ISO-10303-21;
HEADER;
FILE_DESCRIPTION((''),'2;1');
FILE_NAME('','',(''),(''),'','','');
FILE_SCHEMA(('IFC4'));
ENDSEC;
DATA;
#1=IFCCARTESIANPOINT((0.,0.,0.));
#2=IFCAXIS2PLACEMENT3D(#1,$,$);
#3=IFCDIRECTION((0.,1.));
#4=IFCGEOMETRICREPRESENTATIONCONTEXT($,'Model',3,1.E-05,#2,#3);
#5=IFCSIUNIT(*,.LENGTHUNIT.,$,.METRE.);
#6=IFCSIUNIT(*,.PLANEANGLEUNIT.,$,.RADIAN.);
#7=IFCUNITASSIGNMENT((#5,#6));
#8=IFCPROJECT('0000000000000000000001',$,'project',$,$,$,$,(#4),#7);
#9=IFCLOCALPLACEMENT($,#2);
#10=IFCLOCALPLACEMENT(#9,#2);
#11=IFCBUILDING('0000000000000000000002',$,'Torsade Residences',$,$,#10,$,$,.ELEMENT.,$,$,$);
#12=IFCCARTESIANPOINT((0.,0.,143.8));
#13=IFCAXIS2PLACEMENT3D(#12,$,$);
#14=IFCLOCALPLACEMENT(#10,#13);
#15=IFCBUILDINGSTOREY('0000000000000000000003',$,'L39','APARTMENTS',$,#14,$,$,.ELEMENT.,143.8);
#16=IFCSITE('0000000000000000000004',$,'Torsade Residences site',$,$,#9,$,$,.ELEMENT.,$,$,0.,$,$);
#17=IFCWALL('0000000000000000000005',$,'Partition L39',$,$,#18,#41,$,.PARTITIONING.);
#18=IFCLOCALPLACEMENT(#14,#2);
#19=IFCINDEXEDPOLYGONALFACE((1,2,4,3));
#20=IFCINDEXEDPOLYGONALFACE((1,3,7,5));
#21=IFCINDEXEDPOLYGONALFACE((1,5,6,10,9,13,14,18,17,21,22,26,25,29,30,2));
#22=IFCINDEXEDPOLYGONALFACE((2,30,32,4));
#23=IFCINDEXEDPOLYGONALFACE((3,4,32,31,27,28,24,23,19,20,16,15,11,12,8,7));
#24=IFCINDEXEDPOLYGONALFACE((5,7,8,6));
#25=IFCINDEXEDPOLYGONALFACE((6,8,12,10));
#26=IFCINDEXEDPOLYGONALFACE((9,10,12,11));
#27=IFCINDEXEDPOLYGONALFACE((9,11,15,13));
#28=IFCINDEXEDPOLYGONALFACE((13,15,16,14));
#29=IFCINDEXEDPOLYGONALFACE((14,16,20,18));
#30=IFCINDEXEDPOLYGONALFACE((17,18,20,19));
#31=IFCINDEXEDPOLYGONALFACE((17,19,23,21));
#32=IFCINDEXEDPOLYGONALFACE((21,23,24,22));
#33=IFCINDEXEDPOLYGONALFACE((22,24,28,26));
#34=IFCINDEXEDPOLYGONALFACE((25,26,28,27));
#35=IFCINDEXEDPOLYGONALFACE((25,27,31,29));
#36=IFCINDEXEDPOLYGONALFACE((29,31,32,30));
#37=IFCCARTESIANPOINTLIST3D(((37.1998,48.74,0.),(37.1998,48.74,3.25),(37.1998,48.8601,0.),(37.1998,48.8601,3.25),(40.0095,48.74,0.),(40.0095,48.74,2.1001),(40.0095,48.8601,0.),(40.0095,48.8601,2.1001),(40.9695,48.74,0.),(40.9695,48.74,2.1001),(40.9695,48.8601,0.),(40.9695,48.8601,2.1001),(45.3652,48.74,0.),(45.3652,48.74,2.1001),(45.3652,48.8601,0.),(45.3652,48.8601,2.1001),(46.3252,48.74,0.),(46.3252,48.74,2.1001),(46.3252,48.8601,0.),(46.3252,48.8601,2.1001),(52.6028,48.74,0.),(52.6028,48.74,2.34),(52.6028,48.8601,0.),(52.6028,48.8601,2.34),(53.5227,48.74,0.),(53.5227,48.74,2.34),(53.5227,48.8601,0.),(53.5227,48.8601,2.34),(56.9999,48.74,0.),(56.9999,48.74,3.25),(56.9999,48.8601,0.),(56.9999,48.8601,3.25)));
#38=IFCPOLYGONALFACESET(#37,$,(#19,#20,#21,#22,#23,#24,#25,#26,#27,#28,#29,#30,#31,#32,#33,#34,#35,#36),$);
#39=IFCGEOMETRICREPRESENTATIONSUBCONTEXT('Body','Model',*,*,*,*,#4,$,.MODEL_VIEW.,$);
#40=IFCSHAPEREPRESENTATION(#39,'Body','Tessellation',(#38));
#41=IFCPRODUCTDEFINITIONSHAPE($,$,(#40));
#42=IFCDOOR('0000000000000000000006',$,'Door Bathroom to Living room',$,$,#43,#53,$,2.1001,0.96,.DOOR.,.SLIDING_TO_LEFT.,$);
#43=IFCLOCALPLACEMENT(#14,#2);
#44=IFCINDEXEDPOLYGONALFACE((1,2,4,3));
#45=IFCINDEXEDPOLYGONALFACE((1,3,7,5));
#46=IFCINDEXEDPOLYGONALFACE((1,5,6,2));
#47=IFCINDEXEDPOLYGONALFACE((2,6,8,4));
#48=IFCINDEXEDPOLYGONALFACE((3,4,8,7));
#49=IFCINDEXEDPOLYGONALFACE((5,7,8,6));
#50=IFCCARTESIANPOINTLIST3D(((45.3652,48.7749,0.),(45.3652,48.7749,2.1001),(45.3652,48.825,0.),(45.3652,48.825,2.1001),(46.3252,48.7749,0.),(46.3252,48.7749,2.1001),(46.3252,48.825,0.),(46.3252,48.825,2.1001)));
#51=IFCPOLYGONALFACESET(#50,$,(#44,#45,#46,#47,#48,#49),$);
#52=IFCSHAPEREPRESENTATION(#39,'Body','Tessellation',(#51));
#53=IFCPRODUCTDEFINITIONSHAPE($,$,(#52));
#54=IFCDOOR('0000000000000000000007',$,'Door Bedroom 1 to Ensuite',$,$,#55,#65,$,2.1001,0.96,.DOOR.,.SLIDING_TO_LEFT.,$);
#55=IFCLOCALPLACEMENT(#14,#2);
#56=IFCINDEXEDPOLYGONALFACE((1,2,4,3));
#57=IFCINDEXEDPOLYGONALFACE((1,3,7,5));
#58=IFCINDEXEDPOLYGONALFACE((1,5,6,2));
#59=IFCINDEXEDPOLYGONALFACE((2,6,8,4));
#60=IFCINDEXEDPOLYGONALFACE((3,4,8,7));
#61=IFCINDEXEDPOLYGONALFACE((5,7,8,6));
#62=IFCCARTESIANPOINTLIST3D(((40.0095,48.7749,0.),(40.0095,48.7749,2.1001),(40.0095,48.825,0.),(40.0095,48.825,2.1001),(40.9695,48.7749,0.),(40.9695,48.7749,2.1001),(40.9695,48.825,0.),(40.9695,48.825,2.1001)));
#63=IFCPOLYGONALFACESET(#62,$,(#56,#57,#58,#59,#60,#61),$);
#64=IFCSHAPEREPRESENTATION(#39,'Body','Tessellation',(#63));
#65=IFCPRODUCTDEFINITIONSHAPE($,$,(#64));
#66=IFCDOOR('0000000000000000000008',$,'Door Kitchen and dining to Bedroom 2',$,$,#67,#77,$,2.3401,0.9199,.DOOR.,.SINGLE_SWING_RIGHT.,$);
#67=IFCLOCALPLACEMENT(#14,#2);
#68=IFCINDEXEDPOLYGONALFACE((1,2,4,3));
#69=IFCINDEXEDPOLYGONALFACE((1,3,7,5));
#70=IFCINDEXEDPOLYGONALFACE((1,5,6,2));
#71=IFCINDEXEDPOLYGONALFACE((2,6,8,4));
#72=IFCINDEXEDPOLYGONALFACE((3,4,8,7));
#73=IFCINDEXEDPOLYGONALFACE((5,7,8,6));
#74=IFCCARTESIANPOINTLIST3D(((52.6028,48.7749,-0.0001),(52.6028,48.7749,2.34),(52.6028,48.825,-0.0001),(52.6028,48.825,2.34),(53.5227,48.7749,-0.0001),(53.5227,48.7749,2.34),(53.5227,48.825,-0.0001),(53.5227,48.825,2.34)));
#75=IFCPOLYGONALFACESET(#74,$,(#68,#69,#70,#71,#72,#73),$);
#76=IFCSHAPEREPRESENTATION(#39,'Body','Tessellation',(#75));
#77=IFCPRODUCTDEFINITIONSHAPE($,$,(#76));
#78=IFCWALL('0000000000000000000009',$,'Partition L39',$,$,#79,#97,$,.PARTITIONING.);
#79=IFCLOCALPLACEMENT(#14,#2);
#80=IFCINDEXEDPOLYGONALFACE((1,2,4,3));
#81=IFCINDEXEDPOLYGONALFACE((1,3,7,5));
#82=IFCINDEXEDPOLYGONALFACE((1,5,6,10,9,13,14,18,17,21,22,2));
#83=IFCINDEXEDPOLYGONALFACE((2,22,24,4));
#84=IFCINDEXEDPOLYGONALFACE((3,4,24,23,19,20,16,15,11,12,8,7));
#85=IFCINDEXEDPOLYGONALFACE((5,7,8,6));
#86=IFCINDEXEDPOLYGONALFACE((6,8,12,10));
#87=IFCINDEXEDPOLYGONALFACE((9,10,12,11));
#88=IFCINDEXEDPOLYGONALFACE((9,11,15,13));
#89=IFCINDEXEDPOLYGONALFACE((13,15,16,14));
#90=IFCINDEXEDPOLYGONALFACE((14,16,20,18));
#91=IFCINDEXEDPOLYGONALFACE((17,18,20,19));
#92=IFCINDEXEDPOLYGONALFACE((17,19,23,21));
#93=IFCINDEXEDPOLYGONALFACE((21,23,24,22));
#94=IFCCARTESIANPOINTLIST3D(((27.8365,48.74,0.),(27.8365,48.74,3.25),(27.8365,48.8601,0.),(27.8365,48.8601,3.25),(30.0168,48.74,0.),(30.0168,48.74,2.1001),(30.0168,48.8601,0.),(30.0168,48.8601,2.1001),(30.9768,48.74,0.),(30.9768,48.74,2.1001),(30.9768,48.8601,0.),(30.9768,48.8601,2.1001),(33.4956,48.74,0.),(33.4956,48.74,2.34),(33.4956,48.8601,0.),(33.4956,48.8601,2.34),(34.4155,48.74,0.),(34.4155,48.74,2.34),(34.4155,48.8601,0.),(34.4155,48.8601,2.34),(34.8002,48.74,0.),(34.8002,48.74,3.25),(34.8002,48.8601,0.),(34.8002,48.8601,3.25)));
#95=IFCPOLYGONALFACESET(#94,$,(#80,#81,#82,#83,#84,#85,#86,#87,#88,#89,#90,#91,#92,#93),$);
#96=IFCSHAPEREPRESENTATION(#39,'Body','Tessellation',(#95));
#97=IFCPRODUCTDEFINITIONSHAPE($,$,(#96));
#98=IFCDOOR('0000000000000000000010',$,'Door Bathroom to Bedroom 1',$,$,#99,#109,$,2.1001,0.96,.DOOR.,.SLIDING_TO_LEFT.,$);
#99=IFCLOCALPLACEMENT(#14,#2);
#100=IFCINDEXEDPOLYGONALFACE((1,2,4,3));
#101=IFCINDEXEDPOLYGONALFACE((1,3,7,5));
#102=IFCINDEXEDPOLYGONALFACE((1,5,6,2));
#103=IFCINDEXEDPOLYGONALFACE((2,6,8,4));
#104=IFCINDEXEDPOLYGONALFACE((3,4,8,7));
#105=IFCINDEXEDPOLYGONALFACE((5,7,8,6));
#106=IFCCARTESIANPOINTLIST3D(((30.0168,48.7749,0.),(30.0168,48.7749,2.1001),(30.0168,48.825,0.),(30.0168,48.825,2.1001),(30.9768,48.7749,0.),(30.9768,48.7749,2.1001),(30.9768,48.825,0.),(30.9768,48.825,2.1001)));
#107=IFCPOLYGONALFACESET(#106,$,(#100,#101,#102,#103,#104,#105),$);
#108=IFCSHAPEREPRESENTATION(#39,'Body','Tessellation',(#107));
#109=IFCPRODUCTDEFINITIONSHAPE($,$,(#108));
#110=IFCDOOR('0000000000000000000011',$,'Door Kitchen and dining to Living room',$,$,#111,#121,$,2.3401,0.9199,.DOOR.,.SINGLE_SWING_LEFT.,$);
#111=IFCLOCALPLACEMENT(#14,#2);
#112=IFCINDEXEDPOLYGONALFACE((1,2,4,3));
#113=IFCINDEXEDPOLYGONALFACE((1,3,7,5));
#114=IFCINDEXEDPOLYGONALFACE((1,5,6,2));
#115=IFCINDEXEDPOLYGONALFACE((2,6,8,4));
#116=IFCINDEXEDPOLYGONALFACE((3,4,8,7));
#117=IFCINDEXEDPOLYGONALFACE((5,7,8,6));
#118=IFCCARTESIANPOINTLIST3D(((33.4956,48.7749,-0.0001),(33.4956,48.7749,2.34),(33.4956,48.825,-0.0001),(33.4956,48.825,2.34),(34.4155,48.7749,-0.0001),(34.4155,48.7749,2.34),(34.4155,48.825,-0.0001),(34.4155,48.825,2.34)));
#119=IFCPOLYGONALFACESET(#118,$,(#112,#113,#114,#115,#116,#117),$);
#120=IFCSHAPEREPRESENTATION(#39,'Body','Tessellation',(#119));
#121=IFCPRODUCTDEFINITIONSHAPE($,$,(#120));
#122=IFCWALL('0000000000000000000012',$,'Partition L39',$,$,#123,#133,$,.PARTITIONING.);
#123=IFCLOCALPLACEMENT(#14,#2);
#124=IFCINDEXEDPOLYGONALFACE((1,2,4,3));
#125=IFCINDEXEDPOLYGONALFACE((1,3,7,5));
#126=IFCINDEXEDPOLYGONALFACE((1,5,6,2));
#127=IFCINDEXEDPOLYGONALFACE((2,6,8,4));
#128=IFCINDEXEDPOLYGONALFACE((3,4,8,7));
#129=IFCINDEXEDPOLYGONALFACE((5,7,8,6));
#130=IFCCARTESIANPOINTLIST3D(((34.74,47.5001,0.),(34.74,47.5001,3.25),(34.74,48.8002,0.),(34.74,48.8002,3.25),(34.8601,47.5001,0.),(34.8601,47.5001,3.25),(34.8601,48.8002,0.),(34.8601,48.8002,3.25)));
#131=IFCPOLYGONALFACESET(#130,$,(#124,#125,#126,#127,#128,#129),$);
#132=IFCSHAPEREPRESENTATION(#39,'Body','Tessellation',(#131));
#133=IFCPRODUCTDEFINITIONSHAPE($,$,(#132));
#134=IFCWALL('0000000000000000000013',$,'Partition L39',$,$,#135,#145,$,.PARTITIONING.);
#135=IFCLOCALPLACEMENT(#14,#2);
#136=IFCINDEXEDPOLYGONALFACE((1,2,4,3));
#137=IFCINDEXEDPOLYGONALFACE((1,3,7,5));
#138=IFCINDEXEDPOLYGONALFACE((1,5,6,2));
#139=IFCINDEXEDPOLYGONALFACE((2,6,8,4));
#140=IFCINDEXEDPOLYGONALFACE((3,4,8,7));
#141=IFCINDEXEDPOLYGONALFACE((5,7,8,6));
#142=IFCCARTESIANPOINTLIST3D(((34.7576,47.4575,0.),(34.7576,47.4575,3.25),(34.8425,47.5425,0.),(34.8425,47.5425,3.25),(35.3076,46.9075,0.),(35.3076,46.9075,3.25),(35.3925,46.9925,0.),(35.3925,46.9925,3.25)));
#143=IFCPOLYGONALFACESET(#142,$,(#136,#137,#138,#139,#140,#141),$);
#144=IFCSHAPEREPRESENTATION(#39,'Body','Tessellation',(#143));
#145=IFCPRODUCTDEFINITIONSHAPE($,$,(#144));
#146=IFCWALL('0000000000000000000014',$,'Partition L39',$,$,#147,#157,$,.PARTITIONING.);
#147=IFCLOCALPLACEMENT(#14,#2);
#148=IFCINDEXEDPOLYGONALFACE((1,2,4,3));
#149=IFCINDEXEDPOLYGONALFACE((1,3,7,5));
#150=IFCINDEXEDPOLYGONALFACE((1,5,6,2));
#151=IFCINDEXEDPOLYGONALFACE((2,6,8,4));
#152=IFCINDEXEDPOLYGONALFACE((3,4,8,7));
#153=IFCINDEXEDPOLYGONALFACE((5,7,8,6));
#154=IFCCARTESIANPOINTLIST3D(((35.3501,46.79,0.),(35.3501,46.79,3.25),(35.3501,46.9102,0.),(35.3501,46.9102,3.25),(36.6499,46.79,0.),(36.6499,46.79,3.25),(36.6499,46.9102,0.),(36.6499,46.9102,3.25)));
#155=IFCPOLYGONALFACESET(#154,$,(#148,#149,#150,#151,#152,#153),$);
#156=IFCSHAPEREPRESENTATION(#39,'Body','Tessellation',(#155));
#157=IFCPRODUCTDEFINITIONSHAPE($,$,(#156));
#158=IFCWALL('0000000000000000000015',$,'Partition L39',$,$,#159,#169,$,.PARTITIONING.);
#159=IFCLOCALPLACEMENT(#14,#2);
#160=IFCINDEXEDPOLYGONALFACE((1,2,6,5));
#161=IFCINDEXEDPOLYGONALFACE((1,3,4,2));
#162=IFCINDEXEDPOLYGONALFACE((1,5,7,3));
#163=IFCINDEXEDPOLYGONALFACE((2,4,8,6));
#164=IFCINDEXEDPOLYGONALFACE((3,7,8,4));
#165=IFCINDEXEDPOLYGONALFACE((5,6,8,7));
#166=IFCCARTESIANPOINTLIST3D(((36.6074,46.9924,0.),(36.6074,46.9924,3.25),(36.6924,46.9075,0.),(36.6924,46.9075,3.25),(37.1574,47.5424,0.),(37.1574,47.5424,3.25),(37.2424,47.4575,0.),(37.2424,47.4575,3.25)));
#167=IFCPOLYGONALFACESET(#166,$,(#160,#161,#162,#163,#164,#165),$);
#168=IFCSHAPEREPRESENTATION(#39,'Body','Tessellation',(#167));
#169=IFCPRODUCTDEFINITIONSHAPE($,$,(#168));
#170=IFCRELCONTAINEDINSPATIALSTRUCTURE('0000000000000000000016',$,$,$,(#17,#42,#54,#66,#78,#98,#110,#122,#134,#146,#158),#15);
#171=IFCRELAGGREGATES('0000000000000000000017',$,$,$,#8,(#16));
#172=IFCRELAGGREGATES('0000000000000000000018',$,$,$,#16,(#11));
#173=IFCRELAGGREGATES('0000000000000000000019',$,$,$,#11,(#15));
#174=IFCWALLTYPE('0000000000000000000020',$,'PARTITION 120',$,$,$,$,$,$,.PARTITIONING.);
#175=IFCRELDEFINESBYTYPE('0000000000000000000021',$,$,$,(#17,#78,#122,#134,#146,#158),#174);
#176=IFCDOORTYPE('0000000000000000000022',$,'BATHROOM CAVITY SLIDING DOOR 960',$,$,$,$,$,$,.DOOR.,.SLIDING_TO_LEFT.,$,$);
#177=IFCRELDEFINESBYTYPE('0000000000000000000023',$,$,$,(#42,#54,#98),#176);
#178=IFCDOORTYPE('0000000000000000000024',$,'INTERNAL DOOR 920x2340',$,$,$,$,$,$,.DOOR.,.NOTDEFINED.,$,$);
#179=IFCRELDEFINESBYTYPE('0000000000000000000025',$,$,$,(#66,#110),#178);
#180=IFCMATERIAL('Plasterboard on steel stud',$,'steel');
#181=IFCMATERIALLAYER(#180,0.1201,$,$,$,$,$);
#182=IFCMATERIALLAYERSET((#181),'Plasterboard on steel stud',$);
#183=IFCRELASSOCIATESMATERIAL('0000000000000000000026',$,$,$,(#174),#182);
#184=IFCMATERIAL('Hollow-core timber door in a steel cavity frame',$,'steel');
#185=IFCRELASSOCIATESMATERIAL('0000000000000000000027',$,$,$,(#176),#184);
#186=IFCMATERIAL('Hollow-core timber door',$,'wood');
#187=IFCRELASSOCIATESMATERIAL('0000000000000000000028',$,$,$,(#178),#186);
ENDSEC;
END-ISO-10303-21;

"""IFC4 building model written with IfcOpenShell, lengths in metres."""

from ifc_helpers import new_model, si_unit, direction, frame, frame_2d, origin, place, context, subcontext, project, spatial, rectangle, extrude, material, layer, layer_set, type_object, element, fill, save


model = new_model("IFC4")

# Units and contexts
model_context = context("Model", 3, precision=1e-05, world=origin(), true_north=direction((0.0, 1.0)))
body_context = subcontext(model_context, "Body", "Model", "MODEL_VIEW")
ifc_project = project(units=[si_unit("LENGTHUNIT", "METRE"), si_unit("PLANEANGLEUNIT", "RADIAN")], contexts=[model_context])

# Site, building, storey
site_placement = place(None, origin())
site = spatial("IfcSite", under=ifc_project, at=site_placement, Name="Torsade Residences site", CompositionType="ELEMENT", RefElevation=0.0)
building_placement = place(site_placement, origin())
building = spatial("IfcBuilding", under=site, at=building_placement, Name="Torsade Residences", CompositionType="ELEMENT")
storey_placement = place(building_placement, frame((0.0, 0.0, 143.8)))
storey = spatial("IfcBuildingStorey", under=building, at=storey_placement, Name="L39", Description="APARTMENTS", CompositionType="ELEMENT", Elevation=143.8)

# Walls, openings, doors
ifc_material_1 = material(Name="Plasterboard on steel stud", Category="steel")
ifc_layer_1 = layer(ifc_material_1, 0.1201)
ifc_layer_set_1 = layer_set([ifc_layer_1], Name="Plasterboard on steel stud")
wall_type_1 = type_object("IfcWallType", Name="PARTITION 120", PredefinedType="PARTITIONING", material=ifc_layer_set_1)
wall_1_placement = place(storey_placement, frame((37.2, 48.8, 0.0), z_axis=(0.0, 0.0, 1.0), x_axis=(1.0, 0.0, 0.0)))
wall_1 = element("IfcWall", 1, at=wall_1_placement, inside=storey, type_object=wall_type_1, Name="Partition L39", PredefinedType="PARTITIONING", context=body_context, shape_type="SweptSolid", body=[
    extrude(rectangle(XDim=19.8, YDim=0.1201, at=frame_2d((9.8999, 0.0))), origin(), (0.0, 0.0, 1.0), 3.25),
])
opening_1_placement = place(wall_1_placement, frame((15.4028, 0.0, 0.0)))
opening_1 = element("IfcOpeningElement", 2, at=opening_1_placement, cuts=wall_1, PredefinedType="OPENING", context=body_context, shape_type="SweptSolid", body=[
    extrude(rectangle(XDim=0.9199, YDim=2.3401, at=frame_2d((0.46, 1.1699))), frame((0.0, 0.0701, 0.0), z_axis=(0.0, -1.0, 0.0), x_axis=(1.0, 0.0, 0.0)), (0.0, 0.0, 1.0), 0.1401),
])
opening_2_placement = place(wall_1_placement, frame((8.1653, 0.0, 0.0)))
opening_2 = element("IfcOpeningElement", 3, at=opening_2_placement, cuts=wall_1, PredefinedType="OPENING", context=body_context, shape_type="SweptSolid", body=[
    extrude(rectangle(XDim=0.96, YDim=2.1001, at=frame_2d((0.48, 1.05))), frame((0.0, 0.0701, 0.0), z_axis=(0.0, -1.0, 0.0), x_axis=(1.0, 0.0, 0.0)), (0.0, 0.0, 1.0), 0.1401),
])
opening_3_placement = place(wall_1_placement, frame((2.8096, 0.0, 0.0)))
opening_3 = element("IfcOpeningElement", 4, at=opening_3_placement, cuts=wall_1, PredefinedType="OPENING", context=body_context, shape_type="SweptSolid", body=[
    extrude(rectangle(XDim=0.96, YDim=2.1001, at=frame_2d((0.48, 1.05))), frame((0.0, 0.0701, 0.0), z_axis=(0.0, -1.0, 0.0), x_axis=(1.0, 0.0, 0.0)), (0.0, 0.0, 1.0), 0.1401),
])
ifc_material_2 = material(Name="Hollow-core timber door in a steel cavity frame", Category="steel")
door_type_1 = type_object("IfcDoorType", Name="BATHROOM CAVITY SLIDING DOOR 960", OperationType="SLIDING_TO_LEFT", PredefinedType="DOOR", material=ifc_material_2)
door_1_placement = place(opening_2_placement, origin())
door_1 = element("IfcDoor", 5, at=door_1_placement, inside=storey, type_object=door_type_1, Name="Door Bathroom to Living room", OperationType="SLIDING_TO_LEFT", OverallHeight=2.1001, OverallWidth=0.96, PredefinedType="DOOR", context=body_context, shape_type="SweptSolid", body=[
    extrude(rectangle(XDim=0.96, YDim=2.1001, at=frame_2d((0.48, 1.05))), frame((0.0, 0.0249, 0.0), z_axis=(0.0, -1.0, 0.0), x_axis=(1.0, 0.0, 0.0)), (0.0, 0.0, 1.0), 0.05),
])
fill(opening_2, door_1)
door_2_placement = place(opening_3_placement, origin())
door_2 = element("IfcDoor", 6, at=door_2_placement, inside=storey, type_object=door_type_1, Name="Door Bedroom 1 to Ensuite", OperationType="SLIDING_TO_LEFT", OverallHeight=2.1001, OverallWidth=0.96, PredefinedType="DOOR", context=body_context, shape_type="SweptSolid", body=[
    extrude(rectangle(XDim=0.96, YDim=2.1001, at=frame_2d((0.48, 1.05))), frame((0.0, 0.0249, 0.0), z_axis=(0.0, -1.0, 0.0), x_axis=(1.0, 0.0, 0.0)), (0.0, 0.0, 1.0), 0.05),
])
fill(opening_3, door_2)
ifc_material_3 = material(Name="Hollow-core timber door", Category="wood")
door_type_2 = type_object("IfcDoorType", Name="INTERNAL DOOR 920x2340", OperationType="NOTDEFINED", PredefinedType="DOOR", material=ifc_material_3)
door_3_placement = place(opening_1_placement, origin())
door_3 = element("IfcDoor", 7, at=door_3_placement, inside=storey, type_object=door_type_2, Name="Door Kitchen and dining to Bedroom 2", OperationType="SINGLE_SWING_RIGHT", OverallHeight=2.3401, OverallWidth=0.9199, PredefinedType="DOOR", context=body_context, shape_type="SweptSolid", body=[
    extrude(rectangle(XDim=0.9199, YDim=2.3401, at=frame_2d((0.46, 1.1699))), frame((0.0, 0.0249, 0.0), z_axis=(0.0, -1.0, 0.0), x_axis=(1.0, 0.0, 0.0)), (0.0, 0.0, 1.0), 0.05),
])
fill(opening_1, door_3)
wall_2_placement = place(storey_placement, frame((27.8364, 48.8, 0.0), z_axis=(0.0, 0.0, 1.0), x_axis=(1.0, 0.0, 0.0)))
wall_2 = element("IfcWall", 8, at=wall_2_placement, inside=storey, type_object=wall_type_1, Name="Partition L39", PredefinedType="PARTITIONING", context=body_context, shape_type="SweptSolid", body=[
    extrude(rectangle(XDim=6.9636, YDim=0.1201, at=frame_2d((3.4819, 0.0))), origin(), (0.0, 0.0, 1.0), 3.25),
])
opening_4_placement = place(wall_2_placement, frame((5.6592, 0.0, 0.0)))
opening_4 = element("IfcOpeningElement", 9, at=opening_4_placement, cuts=wall_2, PredefinedType="OPENING", context=body_context, shape_type="SweptSolid", body=[
    extrude(rectangle(XDim=0.9199, YDim=2.3401, at=frame_2d((0.46, 1.1699))), frame((0.0, 0.0701, 0.0), z_axis=(0.0, -1.0, 0.0), x_axis=(1.0, 0.0, 0.0)), (0.0, 0.0, 1.0), 0.1401),
])
opening_5_placement = place(wall_2_placement, frame((2.1804, 0.0, 0.0)))
opening_5 = element("IfcOpeningElement", 10, at=opening_5_placement, cuts=wall_2, PredefinedType="OPENING", context=body_context, shape_type="SweptSolid", body=[
    extrude(rectangle(XDim=0.96, YDim=2.1001, at=frame_2d((0.48, 1.05))), frame((0.0, 0.0701, 0.0), z_axis=(0.0, -1.0, 0.0), x_axis=(1.0, 0.0, 0.0)), (0.0, 0.0, 1.0), 0.1401),
])
door_4_placement = place(opening_5_placement, origin())
door_4 = element("IfcDoor", 11, at=door_4_placement, inside=storey, type_object=door_type_1, Name="Door Bathroom to Bedroom 1", OperationType="SLIDING_TO_LEFT", OverallHeight=2.1001, OverallWidth=0.96, PredefinedType="DOOR", context=body_context, shape_type="SweptSolid", body=[
    extrude(rectangle(XDim=0.96, YDim=2.1001, at=frame_2d((0.48, 1.05))), frame((0.0, 0.0249, 0.0), z_axis=(0.0, -1.0, 0.0), x_axis=(1.0, 0.0, 0.0)), (0.0, 0.0, 1.0), 0.05),
])
fill(opening_5, door_4)
door_5_placement = place(opening_4_placement, origin())
door_5 = element("IfcDoor", 12, at=door_5_placement, inside=storey, type_object=door_type_2, Name="Door Kitchen and dining to Living room", OperationType="SINGLE_SWING_LEFT", OverallHeight=2.3401, OverallWidth=0.9199, PredefinedType="DOOR", context=body_context, shape_type="SweptSolid", body=[
    extrude(rectangle(XDim=0.9199, YDim=2.3401, at=frame_2d((0.46, 1.1699))), frame((0.0, 0.0249, 0.0), z_axis=(0.0, -1.0, 0.0), x_axis=(1.0, 0.0, 0.0)), (0.0, 0.0, 1.0), 0.05),
])
fill(opening_4, door_5)

# Walls
wall_3_placement = place(storey_placement, frame((34.8, 48.8, 0.0), z_axis=(0.0, 0.0, 1.0), x_axis=(0.0, -1.0, 0.0)))
element("IfcWall", 13, at=wall_3_placement, inside=storey, type_object=wall_type_1, Name="Partition L39", PredefinedType="PARTITIONING", context=body_context, shape_type="SweptSolid", body=[
    extrude(rectangle(XDim=1.3, YDim=0.1201, at=frame_2d((0.6499, 0.0))), origin(), (0.0, 0.0, 1.0), 3.25),
])
wall_4_placement = place(storey_placement, frame((34.8, 47.5, 0.0), z_axis=(0.0, 0.0, 1.0), x_axis=(0.707107, -0.707107, 0.0)))
element("IfcWall", 14, at=wall_4_placement, inside=storey, type_object=wall_type_1, Name="Partition L39", PredefinedType="PARTITIONING", context=body_context, shape_type="SweptSolid", body=[
    extrude(rectangle(XDim=0.7778, YDim=0.1201, at=frame_2d((0.3889, 0.0))), origin(), (0.0, 0.0, 1.0), 3.25),
])
wall_5_placement = place(storey_placement, frame((35.3501, 46.8501, 0.0), z_axis=(0.0, 0.0, 1.0), x_axis=(1.0, 0.0, 0.0)))
element("IfcWall", 15, at=wall_5_placement, inside=storey, type_object=wall_type_1, Name="Partition L39", PredefinedType="PARTITIONING", context=body_context, shape_type="SweptSolid", body=[
    extrude(rectangle(XDim=1.2998, YDim=0.1201, at=frame_2d((0.6499, 0.0))), origin(), (0.0, 0.0, 1.0), 3.25),
])
wall_6_placement = place(storey_placement, frame((36.6499, 46.95, 0.0), z_axis=(0.0, 0.0, 1.0), x_axis=(0.707107, 0.707107, 0.0)))
element("IfcWall", 16, at=wall_6_placement, inside=storey, type_object=wall_type_1, Name="Partition L39", PredefinedType="PARTITIONING", context=body_context, shape_type="SweptSolid", body=[
    extrude(rectangle(XDim=0.7778, YDim=0.1201, at=frame_2d((0.3889, 0.0))), origin(), (0.0, 0.0, 1.0), 3.25),
])

save(model, "model.ifc")
